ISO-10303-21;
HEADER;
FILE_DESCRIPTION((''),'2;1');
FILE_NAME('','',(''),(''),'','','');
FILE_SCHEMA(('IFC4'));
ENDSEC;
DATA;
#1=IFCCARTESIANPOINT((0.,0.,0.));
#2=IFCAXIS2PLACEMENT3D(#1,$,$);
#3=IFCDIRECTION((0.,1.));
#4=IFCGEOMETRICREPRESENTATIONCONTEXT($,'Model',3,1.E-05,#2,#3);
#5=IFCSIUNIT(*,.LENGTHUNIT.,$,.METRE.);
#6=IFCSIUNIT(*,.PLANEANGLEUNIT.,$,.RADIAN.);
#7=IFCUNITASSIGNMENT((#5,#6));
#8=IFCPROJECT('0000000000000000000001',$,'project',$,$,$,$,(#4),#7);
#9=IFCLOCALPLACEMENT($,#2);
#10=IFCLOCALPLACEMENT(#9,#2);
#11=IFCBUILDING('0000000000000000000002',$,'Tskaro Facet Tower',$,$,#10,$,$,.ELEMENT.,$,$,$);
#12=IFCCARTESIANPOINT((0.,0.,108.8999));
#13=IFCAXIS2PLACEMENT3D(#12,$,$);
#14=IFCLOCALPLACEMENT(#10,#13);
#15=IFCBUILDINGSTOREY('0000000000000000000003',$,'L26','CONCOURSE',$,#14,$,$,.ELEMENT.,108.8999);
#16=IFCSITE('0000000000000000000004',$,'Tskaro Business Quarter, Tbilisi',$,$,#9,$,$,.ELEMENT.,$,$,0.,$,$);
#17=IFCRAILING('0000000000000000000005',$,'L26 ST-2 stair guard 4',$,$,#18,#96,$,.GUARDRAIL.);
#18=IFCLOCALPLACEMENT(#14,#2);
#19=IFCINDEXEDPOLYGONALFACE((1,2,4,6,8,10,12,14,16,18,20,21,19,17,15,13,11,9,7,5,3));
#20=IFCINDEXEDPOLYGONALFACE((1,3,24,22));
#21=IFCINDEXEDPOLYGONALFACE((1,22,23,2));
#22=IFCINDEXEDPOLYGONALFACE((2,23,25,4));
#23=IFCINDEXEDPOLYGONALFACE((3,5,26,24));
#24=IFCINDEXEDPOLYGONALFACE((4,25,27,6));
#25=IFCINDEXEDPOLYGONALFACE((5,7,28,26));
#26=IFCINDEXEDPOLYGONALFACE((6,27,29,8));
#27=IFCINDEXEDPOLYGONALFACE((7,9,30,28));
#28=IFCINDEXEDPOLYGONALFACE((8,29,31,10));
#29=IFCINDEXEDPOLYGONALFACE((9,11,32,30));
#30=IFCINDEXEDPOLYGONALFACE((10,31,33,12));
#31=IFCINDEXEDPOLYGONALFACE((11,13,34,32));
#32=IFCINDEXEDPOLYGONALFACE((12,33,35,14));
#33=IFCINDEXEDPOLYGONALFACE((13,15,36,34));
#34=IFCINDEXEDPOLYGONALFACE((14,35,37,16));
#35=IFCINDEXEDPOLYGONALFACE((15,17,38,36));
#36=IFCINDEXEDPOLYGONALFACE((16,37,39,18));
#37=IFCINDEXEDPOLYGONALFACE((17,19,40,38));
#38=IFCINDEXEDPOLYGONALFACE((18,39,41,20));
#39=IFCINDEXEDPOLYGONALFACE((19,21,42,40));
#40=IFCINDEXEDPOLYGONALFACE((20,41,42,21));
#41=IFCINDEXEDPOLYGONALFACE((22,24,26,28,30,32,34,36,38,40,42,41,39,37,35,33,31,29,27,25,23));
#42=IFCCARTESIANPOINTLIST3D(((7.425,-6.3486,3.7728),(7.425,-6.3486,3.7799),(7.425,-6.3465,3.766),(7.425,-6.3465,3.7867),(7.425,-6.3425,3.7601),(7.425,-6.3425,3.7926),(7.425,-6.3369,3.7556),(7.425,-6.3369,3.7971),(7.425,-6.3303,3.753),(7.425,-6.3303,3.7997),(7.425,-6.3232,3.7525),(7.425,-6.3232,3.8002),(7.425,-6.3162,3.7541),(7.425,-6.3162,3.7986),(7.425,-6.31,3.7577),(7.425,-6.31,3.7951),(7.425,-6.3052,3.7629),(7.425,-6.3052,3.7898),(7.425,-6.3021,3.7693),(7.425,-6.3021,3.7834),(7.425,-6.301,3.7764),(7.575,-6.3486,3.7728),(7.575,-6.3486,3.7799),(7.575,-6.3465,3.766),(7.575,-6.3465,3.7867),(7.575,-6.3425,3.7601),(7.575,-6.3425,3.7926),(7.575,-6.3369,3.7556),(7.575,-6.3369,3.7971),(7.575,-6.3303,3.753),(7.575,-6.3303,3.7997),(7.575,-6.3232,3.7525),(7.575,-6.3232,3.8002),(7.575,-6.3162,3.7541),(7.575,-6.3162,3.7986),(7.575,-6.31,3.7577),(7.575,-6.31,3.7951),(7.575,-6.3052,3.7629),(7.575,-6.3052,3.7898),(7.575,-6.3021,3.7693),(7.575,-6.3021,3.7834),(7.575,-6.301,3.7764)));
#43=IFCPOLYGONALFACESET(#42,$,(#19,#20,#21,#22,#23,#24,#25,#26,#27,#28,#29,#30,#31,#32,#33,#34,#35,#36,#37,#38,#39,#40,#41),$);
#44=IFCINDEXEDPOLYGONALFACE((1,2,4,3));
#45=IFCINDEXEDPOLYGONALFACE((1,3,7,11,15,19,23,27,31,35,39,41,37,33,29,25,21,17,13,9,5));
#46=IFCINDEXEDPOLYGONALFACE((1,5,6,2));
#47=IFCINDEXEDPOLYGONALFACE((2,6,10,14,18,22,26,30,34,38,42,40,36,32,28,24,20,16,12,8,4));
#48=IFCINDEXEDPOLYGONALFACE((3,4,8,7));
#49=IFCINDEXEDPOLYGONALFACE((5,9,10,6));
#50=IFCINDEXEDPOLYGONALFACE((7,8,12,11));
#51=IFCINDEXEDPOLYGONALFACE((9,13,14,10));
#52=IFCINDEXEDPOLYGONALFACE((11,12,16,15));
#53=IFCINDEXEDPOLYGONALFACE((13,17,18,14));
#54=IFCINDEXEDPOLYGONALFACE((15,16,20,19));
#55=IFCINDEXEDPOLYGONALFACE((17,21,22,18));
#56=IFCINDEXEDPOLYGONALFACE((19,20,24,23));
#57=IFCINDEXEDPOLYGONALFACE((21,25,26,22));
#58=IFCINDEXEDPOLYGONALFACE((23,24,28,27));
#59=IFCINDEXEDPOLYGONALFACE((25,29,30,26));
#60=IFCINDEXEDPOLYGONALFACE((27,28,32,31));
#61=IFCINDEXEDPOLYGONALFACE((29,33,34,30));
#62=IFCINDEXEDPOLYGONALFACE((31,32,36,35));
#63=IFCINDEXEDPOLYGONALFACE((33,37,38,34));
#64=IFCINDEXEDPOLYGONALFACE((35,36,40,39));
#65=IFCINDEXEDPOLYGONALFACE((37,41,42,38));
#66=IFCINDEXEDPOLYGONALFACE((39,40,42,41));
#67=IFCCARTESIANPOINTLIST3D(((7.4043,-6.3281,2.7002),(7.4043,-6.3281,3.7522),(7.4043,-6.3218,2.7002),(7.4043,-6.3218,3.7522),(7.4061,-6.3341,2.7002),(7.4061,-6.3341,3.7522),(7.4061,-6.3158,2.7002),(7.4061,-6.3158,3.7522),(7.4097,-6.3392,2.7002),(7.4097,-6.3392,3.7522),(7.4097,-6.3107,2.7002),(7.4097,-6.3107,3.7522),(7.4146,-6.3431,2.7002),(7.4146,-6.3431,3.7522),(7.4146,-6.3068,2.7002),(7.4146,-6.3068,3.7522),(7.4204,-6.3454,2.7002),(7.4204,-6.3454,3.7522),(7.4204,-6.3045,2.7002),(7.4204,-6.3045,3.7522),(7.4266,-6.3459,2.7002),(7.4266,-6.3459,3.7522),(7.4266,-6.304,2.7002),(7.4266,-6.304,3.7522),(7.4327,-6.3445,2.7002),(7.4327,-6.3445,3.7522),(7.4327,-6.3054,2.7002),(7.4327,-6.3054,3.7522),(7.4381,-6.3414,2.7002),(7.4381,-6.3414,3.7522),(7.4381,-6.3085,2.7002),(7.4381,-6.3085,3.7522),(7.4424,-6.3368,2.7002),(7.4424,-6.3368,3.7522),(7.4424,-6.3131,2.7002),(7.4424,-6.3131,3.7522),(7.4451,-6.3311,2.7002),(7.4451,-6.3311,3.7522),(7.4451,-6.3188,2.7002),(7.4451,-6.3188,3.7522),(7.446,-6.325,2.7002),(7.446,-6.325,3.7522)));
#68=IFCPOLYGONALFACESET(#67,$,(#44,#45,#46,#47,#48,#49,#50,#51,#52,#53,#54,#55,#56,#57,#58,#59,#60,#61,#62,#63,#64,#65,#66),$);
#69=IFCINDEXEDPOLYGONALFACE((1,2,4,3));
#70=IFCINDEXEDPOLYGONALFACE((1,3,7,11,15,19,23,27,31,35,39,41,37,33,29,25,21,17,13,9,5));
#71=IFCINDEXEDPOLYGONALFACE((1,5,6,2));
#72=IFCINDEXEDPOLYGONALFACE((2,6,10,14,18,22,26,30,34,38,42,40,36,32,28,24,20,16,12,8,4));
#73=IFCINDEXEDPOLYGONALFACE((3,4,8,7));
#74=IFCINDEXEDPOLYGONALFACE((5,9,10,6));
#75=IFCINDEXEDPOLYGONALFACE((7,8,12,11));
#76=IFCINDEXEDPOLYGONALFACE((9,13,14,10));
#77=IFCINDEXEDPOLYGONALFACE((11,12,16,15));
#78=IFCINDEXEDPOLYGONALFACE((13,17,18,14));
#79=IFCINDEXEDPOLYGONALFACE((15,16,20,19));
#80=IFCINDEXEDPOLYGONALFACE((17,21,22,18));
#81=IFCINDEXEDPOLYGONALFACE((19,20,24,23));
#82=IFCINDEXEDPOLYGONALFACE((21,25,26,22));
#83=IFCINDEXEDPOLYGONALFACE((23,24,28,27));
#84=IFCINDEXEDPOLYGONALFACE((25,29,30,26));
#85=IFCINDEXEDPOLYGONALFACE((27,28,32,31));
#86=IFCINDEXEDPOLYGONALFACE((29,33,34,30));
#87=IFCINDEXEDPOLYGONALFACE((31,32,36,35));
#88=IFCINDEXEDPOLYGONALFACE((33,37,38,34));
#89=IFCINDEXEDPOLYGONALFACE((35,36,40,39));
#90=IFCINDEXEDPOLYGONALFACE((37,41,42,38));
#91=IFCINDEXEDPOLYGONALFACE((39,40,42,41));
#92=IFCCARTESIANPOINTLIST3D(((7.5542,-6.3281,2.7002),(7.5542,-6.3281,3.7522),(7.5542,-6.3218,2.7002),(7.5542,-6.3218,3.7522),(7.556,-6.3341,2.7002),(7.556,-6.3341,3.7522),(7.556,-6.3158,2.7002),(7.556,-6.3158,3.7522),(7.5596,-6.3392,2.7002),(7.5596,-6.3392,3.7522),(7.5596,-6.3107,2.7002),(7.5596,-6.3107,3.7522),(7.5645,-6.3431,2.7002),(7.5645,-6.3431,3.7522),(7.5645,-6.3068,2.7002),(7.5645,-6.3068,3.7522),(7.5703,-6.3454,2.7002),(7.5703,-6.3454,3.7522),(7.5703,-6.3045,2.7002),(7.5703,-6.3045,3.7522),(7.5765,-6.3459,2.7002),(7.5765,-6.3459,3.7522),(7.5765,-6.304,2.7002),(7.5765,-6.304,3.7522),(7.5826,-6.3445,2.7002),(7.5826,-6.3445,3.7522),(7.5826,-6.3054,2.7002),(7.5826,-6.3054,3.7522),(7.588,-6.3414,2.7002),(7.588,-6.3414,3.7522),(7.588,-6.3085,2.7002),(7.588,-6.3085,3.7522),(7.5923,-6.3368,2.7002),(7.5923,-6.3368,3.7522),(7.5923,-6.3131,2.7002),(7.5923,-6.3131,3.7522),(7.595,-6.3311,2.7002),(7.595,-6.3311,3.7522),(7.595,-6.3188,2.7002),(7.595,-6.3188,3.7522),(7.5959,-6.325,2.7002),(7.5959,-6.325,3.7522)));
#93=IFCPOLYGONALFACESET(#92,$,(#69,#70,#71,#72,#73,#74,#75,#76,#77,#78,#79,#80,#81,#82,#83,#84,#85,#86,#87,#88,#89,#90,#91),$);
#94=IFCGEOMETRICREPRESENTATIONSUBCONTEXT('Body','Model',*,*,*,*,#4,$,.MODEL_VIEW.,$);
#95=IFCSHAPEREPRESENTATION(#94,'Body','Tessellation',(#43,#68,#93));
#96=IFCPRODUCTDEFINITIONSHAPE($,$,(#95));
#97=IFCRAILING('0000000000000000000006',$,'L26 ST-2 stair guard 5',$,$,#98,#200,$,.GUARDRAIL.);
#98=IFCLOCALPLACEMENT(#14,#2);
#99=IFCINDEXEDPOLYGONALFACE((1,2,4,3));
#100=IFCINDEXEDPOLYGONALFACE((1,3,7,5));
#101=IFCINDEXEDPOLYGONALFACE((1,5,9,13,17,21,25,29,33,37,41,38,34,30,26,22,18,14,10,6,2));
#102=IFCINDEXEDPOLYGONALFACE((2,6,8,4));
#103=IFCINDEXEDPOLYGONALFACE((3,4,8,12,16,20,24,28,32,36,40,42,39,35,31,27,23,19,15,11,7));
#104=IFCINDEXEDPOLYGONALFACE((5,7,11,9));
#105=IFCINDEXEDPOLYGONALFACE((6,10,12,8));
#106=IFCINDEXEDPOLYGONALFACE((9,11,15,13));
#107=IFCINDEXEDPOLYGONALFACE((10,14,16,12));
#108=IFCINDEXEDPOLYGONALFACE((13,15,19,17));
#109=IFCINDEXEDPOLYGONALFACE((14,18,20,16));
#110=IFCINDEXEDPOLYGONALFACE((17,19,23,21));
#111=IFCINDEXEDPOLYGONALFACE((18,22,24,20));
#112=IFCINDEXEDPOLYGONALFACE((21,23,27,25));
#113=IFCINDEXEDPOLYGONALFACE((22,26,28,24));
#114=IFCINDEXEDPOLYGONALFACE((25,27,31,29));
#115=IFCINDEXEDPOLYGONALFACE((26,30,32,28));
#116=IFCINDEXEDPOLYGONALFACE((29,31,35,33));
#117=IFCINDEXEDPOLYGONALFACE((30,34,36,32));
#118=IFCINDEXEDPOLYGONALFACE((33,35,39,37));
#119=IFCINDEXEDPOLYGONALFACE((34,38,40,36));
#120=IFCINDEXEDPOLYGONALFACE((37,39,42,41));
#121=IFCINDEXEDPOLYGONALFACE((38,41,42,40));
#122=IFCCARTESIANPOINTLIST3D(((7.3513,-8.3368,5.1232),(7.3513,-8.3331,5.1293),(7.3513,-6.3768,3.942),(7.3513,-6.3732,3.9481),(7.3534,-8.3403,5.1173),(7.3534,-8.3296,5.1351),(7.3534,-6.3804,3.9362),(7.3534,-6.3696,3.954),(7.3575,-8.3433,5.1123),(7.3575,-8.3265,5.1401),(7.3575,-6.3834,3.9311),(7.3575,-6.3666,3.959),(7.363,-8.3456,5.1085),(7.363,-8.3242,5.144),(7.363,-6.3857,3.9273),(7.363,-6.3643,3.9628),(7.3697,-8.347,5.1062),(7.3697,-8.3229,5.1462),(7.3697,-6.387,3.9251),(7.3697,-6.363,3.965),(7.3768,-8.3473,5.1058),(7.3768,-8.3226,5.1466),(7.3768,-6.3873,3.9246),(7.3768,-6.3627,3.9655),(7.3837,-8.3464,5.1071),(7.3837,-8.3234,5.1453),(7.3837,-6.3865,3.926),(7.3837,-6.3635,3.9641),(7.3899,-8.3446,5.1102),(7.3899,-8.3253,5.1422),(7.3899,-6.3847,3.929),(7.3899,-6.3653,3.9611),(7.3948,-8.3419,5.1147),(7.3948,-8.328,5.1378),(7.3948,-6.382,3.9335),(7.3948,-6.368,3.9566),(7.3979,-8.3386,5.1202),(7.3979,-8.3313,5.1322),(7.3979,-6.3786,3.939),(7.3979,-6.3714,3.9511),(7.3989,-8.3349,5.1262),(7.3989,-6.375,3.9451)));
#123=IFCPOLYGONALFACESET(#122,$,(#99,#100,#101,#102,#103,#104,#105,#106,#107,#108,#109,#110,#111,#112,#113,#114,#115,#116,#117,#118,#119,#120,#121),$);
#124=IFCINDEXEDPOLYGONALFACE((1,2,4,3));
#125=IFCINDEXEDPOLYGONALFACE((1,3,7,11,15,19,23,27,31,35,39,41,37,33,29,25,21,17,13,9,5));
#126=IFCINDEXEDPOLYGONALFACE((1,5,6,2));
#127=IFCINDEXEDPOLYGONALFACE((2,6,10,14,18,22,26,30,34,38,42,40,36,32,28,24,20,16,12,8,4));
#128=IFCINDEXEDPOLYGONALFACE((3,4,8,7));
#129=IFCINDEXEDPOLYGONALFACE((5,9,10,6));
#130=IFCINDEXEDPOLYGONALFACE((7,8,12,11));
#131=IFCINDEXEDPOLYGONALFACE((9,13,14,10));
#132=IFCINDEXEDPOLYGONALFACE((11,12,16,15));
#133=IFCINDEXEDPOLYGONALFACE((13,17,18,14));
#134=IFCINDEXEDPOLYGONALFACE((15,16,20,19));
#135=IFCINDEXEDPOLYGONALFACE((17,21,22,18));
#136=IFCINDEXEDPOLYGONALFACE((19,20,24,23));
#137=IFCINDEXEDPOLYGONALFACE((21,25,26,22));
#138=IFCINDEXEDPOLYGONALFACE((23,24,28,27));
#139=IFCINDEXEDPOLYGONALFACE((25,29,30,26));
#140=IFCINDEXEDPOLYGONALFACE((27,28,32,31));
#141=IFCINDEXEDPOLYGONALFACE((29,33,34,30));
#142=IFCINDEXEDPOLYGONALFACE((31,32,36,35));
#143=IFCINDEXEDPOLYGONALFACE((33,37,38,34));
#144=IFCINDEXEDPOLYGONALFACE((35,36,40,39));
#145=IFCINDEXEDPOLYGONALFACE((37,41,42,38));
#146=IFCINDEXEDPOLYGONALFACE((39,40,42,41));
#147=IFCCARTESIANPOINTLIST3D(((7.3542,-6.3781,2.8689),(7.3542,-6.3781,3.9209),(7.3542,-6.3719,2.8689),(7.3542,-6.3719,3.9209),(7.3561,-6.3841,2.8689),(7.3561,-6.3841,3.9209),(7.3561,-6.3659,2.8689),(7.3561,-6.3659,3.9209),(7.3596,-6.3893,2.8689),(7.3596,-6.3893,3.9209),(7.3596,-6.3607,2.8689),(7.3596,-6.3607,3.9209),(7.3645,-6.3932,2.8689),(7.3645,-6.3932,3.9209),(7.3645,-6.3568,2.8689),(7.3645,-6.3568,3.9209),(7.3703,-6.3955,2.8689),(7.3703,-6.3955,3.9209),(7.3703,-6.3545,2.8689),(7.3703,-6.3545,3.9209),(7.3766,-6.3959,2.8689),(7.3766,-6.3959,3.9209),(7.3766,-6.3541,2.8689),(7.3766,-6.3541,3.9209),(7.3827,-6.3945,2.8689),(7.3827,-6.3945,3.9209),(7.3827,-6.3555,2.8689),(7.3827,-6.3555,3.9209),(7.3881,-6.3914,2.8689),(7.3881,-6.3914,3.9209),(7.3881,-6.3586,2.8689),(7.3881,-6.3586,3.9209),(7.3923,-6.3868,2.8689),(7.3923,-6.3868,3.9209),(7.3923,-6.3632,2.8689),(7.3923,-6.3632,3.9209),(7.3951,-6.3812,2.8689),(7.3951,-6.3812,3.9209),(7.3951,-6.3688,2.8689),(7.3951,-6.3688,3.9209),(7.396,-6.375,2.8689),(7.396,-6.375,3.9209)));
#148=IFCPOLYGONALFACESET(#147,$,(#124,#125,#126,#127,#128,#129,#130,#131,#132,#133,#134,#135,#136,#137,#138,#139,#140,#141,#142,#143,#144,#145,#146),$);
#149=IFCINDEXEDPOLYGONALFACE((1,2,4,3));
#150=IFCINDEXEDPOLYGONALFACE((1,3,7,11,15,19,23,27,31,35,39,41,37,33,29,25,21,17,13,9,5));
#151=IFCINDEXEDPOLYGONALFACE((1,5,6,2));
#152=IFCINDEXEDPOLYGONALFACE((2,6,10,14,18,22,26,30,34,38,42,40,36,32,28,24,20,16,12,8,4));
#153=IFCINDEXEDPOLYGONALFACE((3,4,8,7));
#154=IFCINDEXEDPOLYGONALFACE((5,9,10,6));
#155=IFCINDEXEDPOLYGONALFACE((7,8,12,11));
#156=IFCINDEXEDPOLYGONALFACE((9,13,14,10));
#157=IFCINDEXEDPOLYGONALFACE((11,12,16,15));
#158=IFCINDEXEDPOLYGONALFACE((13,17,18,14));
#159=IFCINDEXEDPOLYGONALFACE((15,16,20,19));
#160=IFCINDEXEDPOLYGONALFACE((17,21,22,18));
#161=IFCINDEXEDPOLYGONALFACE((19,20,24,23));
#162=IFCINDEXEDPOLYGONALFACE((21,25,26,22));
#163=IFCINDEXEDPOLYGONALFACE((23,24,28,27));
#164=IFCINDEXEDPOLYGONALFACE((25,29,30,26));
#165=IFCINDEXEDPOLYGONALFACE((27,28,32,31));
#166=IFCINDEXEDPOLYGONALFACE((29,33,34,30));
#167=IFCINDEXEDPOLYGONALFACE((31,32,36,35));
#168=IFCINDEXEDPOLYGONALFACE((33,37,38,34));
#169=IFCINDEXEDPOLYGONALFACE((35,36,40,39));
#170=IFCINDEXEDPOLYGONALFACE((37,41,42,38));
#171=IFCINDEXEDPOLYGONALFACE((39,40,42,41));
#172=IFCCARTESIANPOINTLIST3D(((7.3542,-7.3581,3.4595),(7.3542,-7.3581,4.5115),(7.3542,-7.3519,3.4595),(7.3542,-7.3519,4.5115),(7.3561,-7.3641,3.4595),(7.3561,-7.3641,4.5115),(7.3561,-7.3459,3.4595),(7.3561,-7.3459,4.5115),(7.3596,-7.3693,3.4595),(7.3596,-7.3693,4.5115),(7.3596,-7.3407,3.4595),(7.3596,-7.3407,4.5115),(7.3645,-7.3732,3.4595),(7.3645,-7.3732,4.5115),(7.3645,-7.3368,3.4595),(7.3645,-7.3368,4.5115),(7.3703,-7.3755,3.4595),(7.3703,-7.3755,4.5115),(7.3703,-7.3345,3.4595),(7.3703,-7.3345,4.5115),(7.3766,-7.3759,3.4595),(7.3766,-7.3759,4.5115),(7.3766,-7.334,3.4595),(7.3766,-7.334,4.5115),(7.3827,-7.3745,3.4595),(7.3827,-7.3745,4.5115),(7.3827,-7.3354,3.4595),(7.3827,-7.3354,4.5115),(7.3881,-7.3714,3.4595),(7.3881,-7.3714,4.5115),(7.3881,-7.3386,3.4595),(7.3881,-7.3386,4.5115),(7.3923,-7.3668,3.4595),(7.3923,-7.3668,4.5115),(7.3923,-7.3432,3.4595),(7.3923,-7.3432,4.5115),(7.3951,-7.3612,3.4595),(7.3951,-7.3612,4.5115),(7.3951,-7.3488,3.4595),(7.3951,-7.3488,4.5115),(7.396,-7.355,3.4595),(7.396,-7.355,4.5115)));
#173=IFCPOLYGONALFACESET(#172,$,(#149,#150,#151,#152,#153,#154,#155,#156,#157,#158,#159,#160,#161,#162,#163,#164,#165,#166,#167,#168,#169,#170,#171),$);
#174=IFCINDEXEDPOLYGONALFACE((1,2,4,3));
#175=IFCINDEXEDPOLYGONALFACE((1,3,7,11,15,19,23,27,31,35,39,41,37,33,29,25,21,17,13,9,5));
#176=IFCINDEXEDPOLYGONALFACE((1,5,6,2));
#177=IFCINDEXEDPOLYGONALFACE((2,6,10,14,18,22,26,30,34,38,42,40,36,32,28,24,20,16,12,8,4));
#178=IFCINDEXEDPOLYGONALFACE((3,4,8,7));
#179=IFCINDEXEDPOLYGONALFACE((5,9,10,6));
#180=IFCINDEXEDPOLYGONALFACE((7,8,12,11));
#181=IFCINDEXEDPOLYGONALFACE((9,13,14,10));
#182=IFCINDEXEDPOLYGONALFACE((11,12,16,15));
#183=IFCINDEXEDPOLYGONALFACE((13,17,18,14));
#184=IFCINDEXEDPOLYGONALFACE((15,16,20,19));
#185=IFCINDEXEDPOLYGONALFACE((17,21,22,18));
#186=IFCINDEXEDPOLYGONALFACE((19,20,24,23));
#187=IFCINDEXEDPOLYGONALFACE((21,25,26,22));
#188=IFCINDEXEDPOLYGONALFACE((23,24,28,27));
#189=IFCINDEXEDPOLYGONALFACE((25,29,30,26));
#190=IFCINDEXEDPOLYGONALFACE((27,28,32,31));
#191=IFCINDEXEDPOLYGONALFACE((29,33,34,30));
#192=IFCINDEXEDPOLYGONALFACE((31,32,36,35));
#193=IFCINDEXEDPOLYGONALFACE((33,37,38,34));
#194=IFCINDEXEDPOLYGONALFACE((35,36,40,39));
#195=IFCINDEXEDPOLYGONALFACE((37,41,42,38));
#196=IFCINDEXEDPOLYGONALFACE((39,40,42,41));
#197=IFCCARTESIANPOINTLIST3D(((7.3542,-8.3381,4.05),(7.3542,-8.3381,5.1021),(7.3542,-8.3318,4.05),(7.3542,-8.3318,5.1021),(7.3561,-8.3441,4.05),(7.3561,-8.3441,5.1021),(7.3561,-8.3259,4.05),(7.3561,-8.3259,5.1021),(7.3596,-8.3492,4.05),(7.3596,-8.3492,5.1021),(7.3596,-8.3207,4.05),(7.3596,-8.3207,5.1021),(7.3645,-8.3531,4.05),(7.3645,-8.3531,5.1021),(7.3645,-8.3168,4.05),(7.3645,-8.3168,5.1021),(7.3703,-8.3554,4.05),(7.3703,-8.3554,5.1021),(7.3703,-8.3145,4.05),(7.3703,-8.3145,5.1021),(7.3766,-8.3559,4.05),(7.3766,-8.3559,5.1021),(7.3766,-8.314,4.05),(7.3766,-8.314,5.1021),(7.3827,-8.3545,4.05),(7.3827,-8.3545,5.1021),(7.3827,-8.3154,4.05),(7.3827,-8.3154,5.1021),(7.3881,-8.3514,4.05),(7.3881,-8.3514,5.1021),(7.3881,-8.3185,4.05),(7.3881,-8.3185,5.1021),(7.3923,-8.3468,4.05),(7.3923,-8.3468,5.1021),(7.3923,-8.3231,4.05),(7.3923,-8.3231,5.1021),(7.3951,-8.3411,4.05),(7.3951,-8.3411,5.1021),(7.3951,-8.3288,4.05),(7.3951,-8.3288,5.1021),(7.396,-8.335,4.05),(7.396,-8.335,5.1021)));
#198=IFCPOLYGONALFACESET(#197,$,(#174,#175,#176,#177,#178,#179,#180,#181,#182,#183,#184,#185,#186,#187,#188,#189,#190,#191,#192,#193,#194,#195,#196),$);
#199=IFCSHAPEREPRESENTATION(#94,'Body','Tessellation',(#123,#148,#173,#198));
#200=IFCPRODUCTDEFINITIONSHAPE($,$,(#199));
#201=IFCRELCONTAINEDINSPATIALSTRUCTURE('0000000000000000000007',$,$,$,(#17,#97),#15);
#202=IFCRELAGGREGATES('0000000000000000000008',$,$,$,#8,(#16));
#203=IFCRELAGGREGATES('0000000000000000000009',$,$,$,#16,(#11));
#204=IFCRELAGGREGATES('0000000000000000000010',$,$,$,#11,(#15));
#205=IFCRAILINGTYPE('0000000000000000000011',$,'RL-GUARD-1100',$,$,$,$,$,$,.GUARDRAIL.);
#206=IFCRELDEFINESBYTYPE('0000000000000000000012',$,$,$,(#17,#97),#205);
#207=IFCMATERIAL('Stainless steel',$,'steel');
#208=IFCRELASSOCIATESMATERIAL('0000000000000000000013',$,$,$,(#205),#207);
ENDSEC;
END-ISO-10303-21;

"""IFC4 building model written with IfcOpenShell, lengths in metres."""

from ifc_helpers import new_model, si_unit, direction, frame, origin, origin_2d, place, context, subcontext, project, spatial, circle, extrude, material, type_object, element, save


model = new_model("IFC4")

# Units and contexts
model_context = context("Model", 3, precision=1e-05, world=origin(), true_north=direction((0.0, 1.0)))
body_context = subcontext(model_context, "Body", "Model", "MODEL_VIEW")
ifc_project = project(units=[si_unit("LENGTHUNIT", "METRE"), si_unit("PLANEANGLEUNIT", "RADIAN")], contexts=[model_context])

# Site, building, storey
site_placement = place(None, origin())
site = spatial("IfcSite", under=ifc_project, at=site_placement, Name="Tskaro Business Quarter, Tbilisi", CompositionType="ELEMENT", RefElevation=0.0)
building_placement = place(site_placement, origin())
building = spatial("IfcBuilding", under=site, at=building_placement, Name="Tskaro Facet Tower", CompositionType="ELEMENT")
storey_placement = place(building_placement, frame((0.0, 0.0, 108.8999)))
storey = spatial("IfcBuildingStorey", under=building, at=storey_placement, Name="L26", Description="CONCOURSE", CompositionType="ELEMENT", Elevation=108.8999)

# Shared definitions
ifc_material_1 = material(Name="Stainless steel", Category="steel")

# Railings
railing_type_1 = type_object("IfcRailingType", Name="RL-GUARD-1100", PredefinedType="GUARDRAIL", material=ifc_material_1)
railing_1_placement = place(storey_placement, frame((7.425, -6.325, 2.7002)))
element("IfcRailing", 1, at=railing_1_placement, inside=storey, type_object=railing_type_1, Name="L26 ST-2 stair guard 4", PredefinedType="GUARDRAIL", context=body_context, shape_type="SweptSolid", body=[
    extrude(circle(Radius=0.0239, at=origin_2d()), frame((0.0, 0.0, 1.0762), z_axis=(1.0, 0.0, 0.0), x_axis=(0.0, 1.0, 0.0)), (0.0, 0.0, 1.0), 0.1499),
    extrude(circle(Radius=0.021, at=origin_2d()), origin(), (0.0, 0.0, 1.0), 1.052),
    extrude(circle(Radius=0.021, at=origin_2d()), frame((0.1499, 0.0, 0.0)), (0.0, 0.0, 1.0), 1.052),
])
railing_2_placement = place(storey_placement, frame((7.375, -6.375, 2.8689)))
element("IfcRailing", 2, at=railing_2_placement, inside=storey, type_object=railing_type_1, Name="L26 ST-2 stair guard 5", PredefinedType="GUARDRAIL", context=body_context, shape_type="SweptSolid", body=[
    extrude(circle(Radius=0.0239, at=origin_2d()), frame((0.0, 0.0, 1.0762), z_axis=(0.0, -0.856493, 0.516158), x_axis=(1.0, 0.0, 0.0)), (0.0, 0.0, 1.0), 2.2883),
    extrude(circle(Radius=0.021, at=origin_2d()), origin(), (0.0, 0.0, 1.0), 1.052),
    extrude(circle(Radius=0.021, at=origin_2d()), frame((0.0, -0.98, 0.5906)), (0.0, 0.0, 1.0), 1.052),
    extrude(circle(Radius=0.021, at=origin_2d()), frame((0.0, -1.96, 1.1812)), (0.0, 0.0, 1.0), 1.052),
])

save(model, "model.ifc")
